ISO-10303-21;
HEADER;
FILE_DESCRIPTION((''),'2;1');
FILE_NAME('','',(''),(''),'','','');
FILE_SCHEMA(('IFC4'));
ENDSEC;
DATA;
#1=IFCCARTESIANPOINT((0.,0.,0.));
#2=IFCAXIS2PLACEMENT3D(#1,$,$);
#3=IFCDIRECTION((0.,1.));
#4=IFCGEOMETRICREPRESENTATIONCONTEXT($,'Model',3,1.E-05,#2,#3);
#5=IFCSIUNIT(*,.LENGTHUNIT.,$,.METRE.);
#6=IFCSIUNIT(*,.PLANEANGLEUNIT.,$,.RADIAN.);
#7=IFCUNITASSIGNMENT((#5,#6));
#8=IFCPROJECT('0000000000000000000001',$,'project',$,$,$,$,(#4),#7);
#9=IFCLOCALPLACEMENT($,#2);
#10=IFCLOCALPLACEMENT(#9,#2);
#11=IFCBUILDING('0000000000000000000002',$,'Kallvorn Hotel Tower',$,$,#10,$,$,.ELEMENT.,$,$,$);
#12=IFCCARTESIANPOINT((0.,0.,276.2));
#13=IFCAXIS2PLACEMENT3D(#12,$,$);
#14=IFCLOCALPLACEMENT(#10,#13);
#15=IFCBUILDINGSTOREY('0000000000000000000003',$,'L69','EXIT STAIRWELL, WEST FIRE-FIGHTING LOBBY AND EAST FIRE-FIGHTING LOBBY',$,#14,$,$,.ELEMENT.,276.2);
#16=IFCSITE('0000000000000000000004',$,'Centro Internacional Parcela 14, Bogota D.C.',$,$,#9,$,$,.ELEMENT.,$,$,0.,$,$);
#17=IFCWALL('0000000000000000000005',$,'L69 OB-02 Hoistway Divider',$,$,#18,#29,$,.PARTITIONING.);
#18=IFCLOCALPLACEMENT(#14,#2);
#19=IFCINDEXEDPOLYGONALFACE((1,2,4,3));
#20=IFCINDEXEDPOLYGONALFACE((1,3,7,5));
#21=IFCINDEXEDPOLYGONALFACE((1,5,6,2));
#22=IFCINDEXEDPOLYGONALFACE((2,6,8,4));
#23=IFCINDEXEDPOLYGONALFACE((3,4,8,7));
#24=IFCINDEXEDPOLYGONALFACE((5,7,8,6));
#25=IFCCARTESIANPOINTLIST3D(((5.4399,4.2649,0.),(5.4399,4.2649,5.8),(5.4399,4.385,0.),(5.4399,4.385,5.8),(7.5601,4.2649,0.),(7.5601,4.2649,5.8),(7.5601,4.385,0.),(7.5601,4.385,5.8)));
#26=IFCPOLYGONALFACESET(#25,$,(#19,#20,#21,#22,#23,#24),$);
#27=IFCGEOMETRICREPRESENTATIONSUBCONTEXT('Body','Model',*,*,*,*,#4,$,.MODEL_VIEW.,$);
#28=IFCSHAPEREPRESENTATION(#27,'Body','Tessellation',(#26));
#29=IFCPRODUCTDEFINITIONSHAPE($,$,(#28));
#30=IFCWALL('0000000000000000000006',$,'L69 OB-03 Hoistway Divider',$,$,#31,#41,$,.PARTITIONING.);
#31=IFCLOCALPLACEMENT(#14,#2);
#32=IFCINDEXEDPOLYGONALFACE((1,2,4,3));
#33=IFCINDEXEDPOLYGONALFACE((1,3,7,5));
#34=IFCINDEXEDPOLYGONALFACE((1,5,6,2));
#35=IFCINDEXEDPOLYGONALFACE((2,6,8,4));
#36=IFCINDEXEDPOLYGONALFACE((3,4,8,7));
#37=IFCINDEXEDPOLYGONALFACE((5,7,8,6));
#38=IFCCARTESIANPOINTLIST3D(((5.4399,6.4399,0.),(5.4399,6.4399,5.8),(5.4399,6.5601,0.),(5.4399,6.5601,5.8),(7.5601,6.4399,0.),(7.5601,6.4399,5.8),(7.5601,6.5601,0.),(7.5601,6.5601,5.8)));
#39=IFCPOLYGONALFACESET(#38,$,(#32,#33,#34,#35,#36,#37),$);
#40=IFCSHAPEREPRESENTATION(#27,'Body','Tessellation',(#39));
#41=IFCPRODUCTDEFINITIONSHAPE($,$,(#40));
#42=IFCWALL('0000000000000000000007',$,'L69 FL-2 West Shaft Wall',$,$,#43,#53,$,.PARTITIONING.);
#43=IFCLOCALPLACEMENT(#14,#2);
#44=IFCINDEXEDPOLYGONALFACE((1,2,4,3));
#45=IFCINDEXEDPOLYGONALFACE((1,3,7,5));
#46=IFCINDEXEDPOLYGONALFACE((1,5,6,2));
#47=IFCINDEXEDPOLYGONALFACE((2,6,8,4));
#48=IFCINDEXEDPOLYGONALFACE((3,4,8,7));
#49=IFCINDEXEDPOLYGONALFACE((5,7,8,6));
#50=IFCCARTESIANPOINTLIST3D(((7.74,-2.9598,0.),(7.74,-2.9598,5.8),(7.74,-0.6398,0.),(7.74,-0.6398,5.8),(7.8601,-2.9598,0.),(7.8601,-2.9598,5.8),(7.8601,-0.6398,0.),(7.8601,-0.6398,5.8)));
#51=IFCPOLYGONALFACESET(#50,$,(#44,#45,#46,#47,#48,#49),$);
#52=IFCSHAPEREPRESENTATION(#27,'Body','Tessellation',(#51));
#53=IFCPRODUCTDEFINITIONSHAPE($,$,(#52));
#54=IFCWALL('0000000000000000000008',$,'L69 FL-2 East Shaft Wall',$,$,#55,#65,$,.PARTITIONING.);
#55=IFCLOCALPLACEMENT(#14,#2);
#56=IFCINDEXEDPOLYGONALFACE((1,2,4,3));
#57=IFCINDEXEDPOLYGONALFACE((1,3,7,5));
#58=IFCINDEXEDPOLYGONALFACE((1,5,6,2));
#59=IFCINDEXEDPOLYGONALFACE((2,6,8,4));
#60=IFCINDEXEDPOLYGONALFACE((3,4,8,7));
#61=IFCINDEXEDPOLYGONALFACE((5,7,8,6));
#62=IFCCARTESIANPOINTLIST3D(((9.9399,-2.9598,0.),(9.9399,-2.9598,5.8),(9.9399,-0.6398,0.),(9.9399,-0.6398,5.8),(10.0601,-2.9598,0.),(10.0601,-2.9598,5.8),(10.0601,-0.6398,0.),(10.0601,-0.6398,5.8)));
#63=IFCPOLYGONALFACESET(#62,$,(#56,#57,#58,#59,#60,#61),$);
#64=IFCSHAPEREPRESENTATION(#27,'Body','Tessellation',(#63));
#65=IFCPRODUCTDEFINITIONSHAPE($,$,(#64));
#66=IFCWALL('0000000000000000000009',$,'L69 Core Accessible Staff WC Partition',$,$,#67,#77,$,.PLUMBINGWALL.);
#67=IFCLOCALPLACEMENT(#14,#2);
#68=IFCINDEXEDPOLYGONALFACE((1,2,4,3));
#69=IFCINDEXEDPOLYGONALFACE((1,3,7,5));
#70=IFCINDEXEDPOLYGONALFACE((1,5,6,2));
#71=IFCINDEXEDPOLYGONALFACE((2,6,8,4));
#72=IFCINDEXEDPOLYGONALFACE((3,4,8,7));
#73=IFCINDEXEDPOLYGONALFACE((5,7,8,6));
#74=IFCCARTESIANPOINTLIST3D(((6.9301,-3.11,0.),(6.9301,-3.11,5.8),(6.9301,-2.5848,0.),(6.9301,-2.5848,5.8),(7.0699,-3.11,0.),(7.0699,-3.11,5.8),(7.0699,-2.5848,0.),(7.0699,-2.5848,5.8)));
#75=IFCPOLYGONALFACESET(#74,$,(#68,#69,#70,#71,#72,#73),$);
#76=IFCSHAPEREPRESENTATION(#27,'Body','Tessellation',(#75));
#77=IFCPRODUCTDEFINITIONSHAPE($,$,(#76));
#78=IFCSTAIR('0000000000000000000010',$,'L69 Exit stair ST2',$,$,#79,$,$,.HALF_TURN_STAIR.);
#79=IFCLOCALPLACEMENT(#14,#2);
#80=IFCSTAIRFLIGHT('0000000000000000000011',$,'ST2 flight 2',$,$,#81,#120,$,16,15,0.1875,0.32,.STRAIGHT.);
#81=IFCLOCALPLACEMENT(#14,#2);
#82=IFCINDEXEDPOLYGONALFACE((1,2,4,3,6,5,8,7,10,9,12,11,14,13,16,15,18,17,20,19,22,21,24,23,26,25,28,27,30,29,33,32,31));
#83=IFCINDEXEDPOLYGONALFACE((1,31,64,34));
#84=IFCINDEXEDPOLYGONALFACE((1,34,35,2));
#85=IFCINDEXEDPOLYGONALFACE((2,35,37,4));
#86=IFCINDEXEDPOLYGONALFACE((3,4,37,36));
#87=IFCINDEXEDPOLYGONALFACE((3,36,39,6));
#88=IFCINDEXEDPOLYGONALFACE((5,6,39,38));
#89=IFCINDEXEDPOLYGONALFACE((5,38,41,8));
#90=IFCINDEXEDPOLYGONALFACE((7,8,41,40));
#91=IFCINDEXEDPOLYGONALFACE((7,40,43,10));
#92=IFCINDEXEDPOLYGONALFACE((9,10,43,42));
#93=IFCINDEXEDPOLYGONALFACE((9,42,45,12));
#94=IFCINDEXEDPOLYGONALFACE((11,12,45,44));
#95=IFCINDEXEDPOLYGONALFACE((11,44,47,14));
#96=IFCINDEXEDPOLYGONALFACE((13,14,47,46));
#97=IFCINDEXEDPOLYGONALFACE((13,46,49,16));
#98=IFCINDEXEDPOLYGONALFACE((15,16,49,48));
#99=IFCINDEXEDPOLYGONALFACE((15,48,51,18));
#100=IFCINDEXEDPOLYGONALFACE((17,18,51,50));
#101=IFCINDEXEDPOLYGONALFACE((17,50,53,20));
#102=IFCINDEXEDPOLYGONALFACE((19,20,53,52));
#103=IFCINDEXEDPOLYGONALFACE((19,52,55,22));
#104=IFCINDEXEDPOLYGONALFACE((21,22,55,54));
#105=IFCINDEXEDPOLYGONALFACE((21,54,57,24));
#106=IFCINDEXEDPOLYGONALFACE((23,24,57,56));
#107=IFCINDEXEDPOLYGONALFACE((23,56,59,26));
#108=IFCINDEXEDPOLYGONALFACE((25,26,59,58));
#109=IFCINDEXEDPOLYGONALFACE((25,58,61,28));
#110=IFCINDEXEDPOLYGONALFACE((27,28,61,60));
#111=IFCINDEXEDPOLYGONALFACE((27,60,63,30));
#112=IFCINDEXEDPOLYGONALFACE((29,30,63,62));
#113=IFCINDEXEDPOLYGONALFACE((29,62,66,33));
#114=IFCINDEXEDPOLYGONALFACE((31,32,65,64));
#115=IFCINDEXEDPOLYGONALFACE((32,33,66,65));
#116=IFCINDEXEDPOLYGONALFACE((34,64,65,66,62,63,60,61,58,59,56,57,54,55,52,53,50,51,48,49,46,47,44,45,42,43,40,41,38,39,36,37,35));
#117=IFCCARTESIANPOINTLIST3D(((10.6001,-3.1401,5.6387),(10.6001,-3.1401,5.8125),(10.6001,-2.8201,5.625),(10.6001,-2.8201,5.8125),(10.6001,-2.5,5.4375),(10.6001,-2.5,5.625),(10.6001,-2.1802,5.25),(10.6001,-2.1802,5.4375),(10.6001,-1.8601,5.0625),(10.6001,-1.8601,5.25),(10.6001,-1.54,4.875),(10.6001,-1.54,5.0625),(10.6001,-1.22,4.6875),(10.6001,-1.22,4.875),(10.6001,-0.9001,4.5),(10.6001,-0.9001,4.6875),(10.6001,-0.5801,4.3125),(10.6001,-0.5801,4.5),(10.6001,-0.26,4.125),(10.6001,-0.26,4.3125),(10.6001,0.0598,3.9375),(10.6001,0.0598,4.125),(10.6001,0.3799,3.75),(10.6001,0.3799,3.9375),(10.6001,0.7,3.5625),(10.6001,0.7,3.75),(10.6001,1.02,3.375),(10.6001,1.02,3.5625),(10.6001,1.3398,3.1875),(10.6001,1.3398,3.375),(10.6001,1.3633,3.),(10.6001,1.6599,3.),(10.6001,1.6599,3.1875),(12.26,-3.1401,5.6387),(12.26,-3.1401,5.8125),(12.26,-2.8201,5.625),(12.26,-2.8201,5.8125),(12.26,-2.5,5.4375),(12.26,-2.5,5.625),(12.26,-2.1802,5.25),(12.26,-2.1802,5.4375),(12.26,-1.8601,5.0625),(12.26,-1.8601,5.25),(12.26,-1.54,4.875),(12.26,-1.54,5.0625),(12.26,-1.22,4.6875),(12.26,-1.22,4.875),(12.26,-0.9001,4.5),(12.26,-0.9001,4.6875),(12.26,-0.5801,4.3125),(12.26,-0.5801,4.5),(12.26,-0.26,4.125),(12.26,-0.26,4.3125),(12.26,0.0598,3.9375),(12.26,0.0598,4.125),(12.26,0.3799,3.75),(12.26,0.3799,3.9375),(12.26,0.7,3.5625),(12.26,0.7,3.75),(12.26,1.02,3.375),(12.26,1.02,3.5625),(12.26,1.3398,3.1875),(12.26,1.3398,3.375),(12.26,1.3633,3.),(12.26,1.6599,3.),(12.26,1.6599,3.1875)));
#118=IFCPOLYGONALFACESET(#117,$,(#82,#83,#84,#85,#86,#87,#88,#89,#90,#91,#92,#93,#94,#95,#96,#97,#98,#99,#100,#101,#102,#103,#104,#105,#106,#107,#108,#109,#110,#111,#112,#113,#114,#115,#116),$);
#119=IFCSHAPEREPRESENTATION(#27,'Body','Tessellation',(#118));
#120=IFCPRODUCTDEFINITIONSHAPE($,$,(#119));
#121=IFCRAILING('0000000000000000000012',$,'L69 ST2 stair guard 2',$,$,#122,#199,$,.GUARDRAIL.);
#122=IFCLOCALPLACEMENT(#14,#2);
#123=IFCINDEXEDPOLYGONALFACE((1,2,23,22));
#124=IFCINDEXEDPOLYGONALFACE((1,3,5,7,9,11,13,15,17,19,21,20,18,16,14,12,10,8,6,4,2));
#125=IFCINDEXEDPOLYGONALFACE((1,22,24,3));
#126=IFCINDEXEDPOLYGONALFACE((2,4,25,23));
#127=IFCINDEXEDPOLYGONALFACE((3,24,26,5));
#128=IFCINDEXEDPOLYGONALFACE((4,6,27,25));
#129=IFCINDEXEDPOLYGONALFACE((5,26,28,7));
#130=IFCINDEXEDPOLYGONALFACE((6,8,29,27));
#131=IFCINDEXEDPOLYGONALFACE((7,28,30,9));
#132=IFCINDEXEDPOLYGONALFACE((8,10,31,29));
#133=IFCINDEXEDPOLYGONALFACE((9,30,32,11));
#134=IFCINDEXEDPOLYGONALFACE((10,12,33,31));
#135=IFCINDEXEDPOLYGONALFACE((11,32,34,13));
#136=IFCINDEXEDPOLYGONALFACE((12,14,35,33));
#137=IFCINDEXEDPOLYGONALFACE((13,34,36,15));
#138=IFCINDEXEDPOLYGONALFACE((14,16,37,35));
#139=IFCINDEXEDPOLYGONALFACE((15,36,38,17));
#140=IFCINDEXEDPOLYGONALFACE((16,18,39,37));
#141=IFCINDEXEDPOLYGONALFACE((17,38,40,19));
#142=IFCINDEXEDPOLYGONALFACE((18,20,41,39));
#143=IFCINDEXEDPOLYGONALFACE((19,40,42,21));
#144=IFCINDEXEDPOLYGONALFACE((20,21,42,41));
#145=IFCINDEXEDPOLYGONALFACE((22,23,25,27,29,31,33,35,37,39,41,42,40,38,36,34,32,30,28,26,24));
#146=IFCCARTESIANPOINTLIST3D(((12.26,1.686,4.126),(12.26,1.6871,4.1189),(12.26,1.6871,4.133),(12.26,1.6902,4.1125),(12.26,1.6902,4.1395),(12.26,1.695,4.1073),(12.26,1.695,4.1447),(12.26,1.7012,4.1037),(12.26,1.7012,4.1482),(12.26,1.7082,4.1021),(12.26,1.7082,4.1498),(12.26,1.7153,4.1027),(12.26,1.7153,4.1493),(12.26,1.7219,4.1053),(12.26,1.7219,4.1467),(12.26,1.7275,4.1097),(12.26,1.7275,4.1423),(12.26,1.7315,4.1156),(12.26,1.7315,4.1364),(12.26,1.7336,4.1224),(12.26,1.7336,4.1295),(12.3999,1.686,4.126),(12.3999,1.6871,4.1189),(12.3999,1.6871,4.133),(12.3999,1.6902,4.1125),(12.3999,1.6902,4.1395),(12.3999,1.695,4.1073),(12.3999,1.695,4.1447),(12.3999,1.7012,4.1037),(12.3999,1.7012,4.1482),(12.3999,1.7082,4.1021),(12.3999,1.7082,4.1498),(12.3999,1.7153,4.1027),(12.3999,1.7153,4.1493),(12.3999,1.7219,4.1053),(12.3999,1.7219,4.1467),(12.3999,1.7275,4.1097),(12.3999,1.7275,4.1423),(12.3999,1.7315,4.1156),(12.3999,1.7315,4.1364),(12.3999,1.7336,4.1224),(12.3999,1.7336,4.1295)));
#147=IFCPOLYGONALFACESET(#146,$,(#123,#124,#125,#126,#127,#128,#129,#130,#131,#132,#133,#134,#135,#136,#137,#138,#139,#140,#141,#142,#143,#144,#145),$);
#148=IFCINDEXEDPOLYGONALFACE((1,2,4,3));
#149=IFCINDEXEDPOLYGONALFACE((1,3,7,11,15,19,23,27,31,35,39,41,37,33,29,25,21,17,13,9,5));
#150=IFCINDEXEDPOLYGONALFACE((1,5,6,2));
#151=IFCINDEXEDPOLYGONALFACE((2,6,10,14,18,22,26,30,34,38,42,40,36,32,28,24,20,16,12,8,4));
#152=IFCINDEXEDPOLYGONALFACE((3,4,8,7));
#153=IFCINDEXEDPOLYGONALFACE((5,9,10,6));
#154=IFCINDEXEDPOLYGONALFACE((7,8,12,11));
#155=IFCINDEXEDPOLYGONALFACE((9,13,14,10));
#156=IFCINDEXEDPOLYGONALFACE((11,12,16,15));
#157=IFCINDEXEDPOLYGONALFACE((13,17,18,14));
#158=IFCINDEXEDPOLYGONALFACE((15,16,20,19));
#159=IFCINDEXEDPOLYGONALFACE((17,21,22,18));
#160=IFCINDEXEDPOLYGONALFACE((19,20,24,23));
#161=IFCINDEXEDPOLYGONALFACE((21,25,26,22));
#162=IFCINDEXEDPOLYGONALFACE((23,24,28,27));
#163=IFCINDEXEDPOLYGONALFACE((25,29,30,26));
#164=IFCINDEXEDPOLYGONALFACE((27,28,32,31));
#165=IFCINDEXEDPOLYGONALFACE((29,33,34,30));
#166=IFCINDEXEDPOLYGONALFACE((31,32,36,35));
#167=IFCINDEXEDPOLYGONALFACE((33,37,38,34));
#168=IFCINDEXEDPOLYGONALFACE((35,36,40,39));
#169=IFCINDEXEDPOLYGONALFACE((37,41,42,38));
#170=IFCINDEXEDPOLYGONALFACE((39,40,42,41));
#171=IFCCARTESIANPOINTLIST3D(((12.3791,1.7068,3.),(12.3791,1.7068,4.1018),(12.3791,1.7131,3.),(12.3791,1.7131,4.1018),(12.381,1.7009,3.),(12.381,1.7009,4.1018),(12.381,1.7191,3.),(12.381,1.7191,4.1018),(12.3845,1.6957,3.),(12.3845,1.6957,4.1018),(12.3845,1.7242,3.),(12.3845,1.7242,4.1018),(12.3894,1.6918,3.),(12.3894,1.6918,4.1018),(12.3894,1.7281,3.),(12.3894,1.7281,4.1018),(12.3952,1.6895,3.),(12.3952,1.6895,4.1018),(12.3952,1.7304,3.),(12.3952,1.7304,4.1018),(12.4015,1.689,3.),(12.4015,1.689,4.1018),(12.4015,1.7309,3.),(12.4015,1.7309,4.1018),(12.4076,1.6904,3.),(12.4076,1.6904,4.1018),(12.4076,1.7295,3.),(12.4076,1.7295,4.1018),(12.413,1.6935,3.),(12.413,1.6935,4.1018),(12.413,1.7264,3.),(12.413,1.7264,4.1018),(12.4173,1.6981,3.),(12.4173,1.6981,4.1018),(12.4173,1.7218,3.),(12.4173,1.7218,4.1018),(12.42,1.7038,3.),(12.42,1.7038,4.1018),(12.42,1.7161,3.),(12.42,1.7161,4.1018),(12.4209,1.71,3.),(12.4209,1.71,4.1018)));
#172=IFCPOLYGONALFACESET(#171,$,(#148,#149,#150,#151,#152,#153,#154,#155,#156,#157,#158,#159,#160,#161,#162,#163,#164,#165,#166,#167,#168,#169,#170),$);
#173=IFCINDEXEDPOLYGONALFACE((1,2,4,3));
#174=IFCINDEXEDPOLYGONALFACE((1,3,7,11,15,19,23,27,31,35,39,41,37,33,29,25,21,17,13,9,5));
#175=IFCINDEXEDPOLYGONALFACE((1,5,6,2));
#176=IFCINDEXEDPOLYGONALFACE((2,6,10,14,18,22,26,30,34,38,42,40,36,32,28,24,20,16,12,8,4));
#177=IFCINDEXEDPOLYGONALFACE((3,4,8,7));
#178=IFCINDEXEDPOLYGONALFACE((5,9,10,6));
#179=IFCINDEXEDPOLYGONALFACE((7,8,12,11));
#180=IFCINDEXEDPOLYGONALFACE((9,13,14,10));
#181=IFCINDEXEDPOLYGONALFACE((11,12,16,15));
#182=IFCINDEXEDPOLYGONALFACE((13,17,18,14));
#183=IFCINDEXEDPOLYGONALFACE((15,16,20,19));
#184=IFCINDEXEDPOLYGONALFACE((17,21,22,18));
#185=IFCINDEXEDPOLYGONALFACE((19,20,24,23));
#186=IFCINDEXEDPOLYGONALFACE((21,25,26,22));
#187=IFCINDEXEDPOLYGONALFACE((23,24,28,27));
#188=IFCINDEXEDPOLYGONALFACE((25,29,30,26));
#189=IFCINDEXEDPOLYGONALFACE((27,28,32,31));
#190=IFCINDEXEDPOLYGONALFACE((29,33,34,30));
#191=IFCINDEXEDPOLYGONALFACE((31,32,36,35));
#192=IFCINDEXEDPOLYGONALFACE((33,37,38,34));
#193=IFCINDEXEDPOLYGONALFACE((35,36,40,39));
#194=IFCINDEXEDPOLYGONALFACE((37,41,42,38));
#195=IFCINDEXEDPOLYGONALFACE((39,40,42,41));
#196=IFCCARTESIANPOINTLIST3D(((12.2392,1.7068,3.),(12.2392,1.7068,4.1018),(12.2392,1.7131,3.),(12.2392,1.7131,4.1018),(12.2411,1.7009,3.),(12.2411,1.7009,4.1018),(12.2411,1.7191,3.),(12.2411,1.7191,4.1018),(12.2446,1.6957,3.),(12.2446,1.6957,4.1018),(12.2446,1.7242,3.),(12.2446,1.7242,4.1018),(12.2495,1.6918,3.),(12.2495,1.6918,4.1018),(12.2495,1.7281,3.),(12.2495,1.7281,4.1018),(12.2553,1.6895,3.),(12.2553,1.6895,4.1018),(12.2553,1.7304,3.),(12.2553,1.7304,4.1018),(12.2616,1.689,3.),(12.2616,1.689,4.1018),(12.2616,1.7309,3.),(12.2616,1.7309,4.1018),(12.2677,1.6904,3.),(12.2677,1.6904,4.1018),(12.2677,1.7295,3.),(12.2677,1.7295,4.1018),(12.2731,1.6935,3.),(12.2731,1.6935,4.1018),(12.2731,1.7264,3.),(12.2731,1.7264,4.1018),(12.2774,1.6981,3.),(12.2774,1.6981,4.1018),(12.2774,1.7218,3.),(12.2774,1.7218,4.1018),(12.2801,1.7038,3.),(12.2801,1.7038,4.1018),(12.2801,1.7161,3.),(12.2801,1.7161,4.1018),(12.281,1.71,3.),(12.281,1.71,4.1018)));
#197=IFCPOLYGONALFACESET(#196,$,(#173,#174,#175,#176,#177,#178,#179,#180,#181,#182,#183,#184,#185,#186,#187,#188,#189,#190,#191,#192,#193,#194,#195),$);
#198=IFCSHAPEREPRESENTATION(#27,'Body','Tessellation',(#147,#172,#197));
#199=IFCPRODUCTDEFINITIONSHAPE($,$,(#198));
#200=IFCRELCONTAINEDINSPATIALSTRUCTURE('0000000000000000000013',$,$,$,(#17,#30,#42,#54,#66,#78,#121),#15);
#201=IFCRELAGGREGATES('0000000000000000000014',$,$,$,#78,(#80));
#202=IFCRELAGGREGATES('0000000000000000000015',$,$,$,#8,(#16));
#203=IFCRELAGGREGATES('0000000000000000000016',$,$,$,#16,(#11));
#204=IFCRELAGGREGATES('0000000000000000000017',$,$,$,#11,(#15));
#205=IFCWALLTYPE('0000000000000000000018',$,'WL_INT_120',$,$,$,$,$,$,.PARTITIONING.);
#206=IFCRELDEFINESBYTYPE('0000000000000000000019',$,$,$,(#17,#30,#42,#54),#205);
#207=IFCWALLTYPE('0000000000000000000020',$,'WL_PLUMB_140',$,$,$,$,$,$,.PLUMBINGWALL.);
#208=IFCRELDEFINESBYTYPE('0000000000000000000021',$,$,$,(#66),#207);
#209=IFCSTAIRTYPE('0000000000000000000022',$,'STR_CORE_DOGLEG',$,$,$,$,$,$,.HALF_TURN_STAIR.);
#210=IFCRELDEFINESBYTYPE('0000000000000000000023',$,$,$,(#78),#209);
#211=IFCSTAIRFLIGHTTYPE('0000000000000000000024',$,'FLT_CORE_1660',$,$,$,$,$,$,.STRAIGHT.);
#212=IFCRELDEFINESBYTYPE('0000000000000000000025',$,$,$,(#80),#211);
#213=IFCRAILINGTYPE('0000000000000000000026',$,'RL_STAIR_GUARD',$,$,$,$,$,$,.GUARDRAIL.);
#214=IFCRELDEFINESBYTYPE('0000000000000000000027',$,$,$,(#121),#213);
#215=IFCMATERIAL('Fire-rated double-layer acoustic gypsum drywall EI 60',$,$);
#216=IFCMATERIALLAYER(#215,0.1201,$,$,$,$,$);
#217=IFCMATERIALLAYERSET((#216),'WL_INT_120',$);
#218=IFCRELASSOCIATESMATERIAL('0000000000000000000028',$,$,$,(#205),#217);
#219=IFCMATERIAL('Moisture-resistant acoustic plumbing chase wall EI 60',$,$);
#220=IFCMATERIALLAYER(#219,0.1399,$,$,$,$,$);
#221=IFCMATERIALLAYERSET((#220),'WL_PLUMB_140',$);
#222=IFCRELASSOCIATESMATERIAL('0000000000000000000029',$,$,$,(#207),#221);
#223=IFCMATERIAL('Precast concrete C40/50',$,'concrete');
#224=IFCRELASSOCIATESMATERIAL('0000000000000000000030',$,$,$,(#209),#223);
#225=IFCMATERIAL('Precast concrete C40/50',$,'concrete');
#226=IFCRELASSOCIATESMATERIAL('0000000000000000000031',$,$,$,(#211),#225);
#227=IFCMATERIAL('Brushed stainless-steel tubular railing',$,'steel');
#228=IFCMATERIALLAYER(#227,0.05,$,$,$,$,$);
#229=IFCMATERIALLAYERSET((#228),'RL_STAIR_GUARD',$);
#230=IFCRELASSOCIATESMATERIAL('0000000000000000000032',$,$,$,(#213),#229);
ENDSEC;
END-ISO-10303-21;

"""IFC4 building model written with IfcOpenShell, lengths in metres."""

from ifc_helpers import new_model, si_unit, direction, frame, frame_2d, origin, origin_2d, place, context, subcontext, project, spatial, polyline, rectangle, circle, outline, extrude, material, layer, layer_set, type_object, element, aggregate, save


model = new_model("IFC4")

# Units and contexts
model_context = context("Model", 3, precision=1e-05, world=origin(), true_north=direction((0.0, 1.0)))
body_context = subcontext(model_context, "Body", "Model", "MODEL_VIEW")
ifc_project = project(units=[si_unit("LENGTHUNIT", "METRE"), si_unit("PLANEANGLEUNIT", "RADIAN")], contexts=[model_context])

# Site, building, storey
site_placement = place(None, origin())
site = spatial("IfcSite", under=ifc_project, at=site_placement, Name="Centro Internacional Parcela 14, Bogota D.C.", CompositionType="ELEMENT", RefElevation=0.0)
building_placement = place(site_placement, origin())
building = spatial("IfcBuilding", under=site, at=building_placement, Name="Kallvorn Hotel Tower", CompositionType="ELEMENT")
storey_placement = place(building_placement, frame((0.0, 0.0, 276.2)))
storey = spatial("IfcBuildingStorey", under=building, at=storey_placement, Name="L69", Description="EXIT STAIRWELL, WEST FIRE-FIGHTING LOBBY AND EAST FIRE-FIGHTING LOBBY", CompositionType="ELEMENT", Elevation=276.2)

# Walls
ifc_material_1 = material(Name="Fire-rated double-layer acoustic gypsum drywall EI 60")
ifc_layer_1 = layer(ifc_material_1, 0.1201)
ifc_layer_set_1 = layer_set([ifc_layer_1], Name="WL_INT_120")
wall_type_1 = type_object("IfcWallType", Name="WL_INT_120", PredefinedType="PARTITIONING", material=ifc_layer_set_1)
for number, where, z_axis, x_axis, name in (
    (1, (5.4399, 4.325, 0.0), (0.0, 0.0, 1.0), (1.0, 0.0, 0.0), "L69 OB-02 Hoistway Divider"),
    (2, (5.4399, 6.5, 0.0), (0.0, 0.0, 1.0), (1.0, 0.0, 0.0), "L69 OB-03 Hoistway Divider"),
):
    element("IfcWall", number, at=place(storey_placement, frame(where, z_axis=z_axis, x_axis=x_axis)), inside=storey, type_object=wall_type_1, Name=name, PredefinedType="PARTITIONING", context=body_context, shape_type="SweptSolid", body=[
        extrude(rectangle(XDim=2.1201, YDim=0.1201, at=frame_2d((1.0601, 0.0))), origin(), (0.0, 0.0, 1.0), 5.8),
    ])
for number, where, z_axis, x_axis, name in (
    (3, (7.8, -2.96, 0.0), (0.0, 0.0, 1.0), (0.0, 1.0, 0.0), "L69 FL-2 West Shaft Wall"),
    (4, (10.0, -2.96, 0.0), (0.0, 0.0, 1.0), (0.0, 1.0, 0.0), "L69 FL-2 East Shaft Wall"),
):
    element("IfcWall", number, at=place(storey_placement, frame(where, z_axis=z_axis, x_axis=x_axis)), inside=storey, type_object=wall_type_1, Name=name, PredefinedType="PARTITIONING", context=body_context, shape_type="SweptSolid", body=[
        extrude(rectangle(XDim=2.3201, YDim=0.1201, at=frame_2d((1.1602, 0.0))), origin(), (0.0, 0.0, 1.0), 5.8),
    ])
ifc_material_2 = material(Name="Moisture-resistant acoustic plumbing chase wall EI 60")
ifc_layer_2 = layer(ifc_material_2, 0.1399)
ifc_layer_set_2 = layer_set([ifc_layer_2], Name="WL_PLUMB_140")
wall_type_2 = type_object("IfcWallType", Name="WL_PLUMB_140", PredefinedType="PLUMBINGWALL", material=ifc_layer_set_2)
wall_1_placement = place(storey_placement, frame((7.0, -3.1101, 0.0), z_axis=(0.0, 0.0, 1.0), x_axis=(0.0, 1.0, 0.0)))
element("IfcWall", 5, at=wall_1_placement, inside=storey, type_object=wall_type_2, Name="L69 Core Accessible Staff WC Partition", PredefinedType="PLUMBINGWALL", context=body_context, shape_type="SweptSolid", body=[
    extrude(rectangle(XDim=0.5251, YDim=0.1399, at=frame_2d((0.2627, 0.0))), origin(), (0.0, 0.0, 1.0), 5.8),
])

# Stair, stair flight
ifc_material_3 = material(Name="Precast concrete C40/50", Category="concrete")
stair_type = type_object("IfcStairType", Name="STR_CORE_DOGLEG", PredefinedType="HALF_TURN_STAIR", material=ifc_material_3)
stair_placement = place(storey_placement, origin())
stair = element("IfcStair", 6, at=stair_placement, inside=storey, type_object=stair_type, Name="L69 Exit stair ST2", PredefinedType="HALF_TURN_STAIR")
ifc_material_4 = material(Name="Precast concrete C40/50", Category="concrete")
stair_flight_type = type_object("IfcStairFlightType", Name="FLT_CORE_1660", PredefinedType="STRAIGHT", material=ifc_material_4)
stair_flight_placement = place(storey_placement, frame((11.4299, 1.6599, 3.0), z_axis=(0.0, 0.0, 1.0), x_axis=(0.0, -1.0, 0.0)))
stair_flight = element("IfcStairFlight", 7, at=stair_flight_placement, type_object=stair_flight_type, Name="ST2 flight 2", NumberOfRisers=16, NumberOfTreads=15, PredefinedType="STRAIGHT", RiserHeight=0.1875, TreadLength=0.32, context=body_context, shape_type="SweptSolid", body=[
    extrude(outline(polyline([(0.0, 0.0), (0.0, 0.1875), (0.3201, 0.1875), (0.3201, 0.375), (0.6399, 0.375), (0.6399, 0.5625), (0.96, 0.5625), (0.96, 0.75), (1.28, 0.75), (1.28, 0.9375), (1.6001, 0.9375), (1.6001, 1.125), (1.9199, 1.125), (1.9199, 1.3125), (2.24, 1.3125), (2.24, 1.5), (2.5601, 1.5), (2.5601, 1.6875), (2.8799, 1.6875), (2.8799, 1.875), (3.2, 1.875), (3.2, 2.0625), (3.52, 2.0625), (3.52, 2.25), (3.8401, 2.25), (3.8401, 2.4375), (4.1599, 2.4375), (4.1599, 2.625), (4.48, 2.625), (4.48, 2.8125), (4.8, 2.8125), (4.8, 3.0), (4.8, 2.6387), (0.2966, 0.0), (0.0, 0.0)])), frame((0.0, 0.8301, 0.0), z_axis=(0.0, -1.0, 0.0), x_axis=(1.0, 0.0, 0.0)), (0.0, 0.0, 1.0), 1.6599),
])
aggregate(stair, [stair_flight])

# Railing
ifc_material_5 = material(Name="Brushed stainless-steel tubular railing", Category="steel")
ifc_layer_3 = layer(ifc_material_5, 0.05)
ifc_layer_set_3 = layer_set([ifc_layer_3], Name="RL_STAIR_GUARD")
railing_type_1 = type_object("IfcRailingType", Name="RL_STAIR_GUARD", PredefinedType="GUARDRAIL", material=ifc_layer_set_3)
railing_1_placement = place(storey_placement, frame((12.3999, 1.71, 3.0)))
element("IfcRailing", 8, at=railing_1_placement, inside=storey, type_object=railing_type_1, Name="L69 ST2 stair guard 2", PredefinedType="GUARDRAIL", context=body_context, shape_type="SweptSolid", body=[
    extrude(circle(Radius=0.0239, at=origin_2d()), frame((0.0, 0.0, 1.126), z_axis=(-1.0, 0.0, 0.0), x_axis=(0.0, -1.0, 0.0)), (0.0, 0.0, 1.0), 0.1399),
    extrude(circle(Radius=0.021, at=origin_2d()), origin(), (0.0, 0.0, 1.0), 1.1018),
    extrude(circle(Radius=0.021, at=origin_2d()), frame((-0.1399, 0.0, 0.0)), (0.0, 0.0, 1.0), 1.1018),
])

save(model, "model.ifc")
